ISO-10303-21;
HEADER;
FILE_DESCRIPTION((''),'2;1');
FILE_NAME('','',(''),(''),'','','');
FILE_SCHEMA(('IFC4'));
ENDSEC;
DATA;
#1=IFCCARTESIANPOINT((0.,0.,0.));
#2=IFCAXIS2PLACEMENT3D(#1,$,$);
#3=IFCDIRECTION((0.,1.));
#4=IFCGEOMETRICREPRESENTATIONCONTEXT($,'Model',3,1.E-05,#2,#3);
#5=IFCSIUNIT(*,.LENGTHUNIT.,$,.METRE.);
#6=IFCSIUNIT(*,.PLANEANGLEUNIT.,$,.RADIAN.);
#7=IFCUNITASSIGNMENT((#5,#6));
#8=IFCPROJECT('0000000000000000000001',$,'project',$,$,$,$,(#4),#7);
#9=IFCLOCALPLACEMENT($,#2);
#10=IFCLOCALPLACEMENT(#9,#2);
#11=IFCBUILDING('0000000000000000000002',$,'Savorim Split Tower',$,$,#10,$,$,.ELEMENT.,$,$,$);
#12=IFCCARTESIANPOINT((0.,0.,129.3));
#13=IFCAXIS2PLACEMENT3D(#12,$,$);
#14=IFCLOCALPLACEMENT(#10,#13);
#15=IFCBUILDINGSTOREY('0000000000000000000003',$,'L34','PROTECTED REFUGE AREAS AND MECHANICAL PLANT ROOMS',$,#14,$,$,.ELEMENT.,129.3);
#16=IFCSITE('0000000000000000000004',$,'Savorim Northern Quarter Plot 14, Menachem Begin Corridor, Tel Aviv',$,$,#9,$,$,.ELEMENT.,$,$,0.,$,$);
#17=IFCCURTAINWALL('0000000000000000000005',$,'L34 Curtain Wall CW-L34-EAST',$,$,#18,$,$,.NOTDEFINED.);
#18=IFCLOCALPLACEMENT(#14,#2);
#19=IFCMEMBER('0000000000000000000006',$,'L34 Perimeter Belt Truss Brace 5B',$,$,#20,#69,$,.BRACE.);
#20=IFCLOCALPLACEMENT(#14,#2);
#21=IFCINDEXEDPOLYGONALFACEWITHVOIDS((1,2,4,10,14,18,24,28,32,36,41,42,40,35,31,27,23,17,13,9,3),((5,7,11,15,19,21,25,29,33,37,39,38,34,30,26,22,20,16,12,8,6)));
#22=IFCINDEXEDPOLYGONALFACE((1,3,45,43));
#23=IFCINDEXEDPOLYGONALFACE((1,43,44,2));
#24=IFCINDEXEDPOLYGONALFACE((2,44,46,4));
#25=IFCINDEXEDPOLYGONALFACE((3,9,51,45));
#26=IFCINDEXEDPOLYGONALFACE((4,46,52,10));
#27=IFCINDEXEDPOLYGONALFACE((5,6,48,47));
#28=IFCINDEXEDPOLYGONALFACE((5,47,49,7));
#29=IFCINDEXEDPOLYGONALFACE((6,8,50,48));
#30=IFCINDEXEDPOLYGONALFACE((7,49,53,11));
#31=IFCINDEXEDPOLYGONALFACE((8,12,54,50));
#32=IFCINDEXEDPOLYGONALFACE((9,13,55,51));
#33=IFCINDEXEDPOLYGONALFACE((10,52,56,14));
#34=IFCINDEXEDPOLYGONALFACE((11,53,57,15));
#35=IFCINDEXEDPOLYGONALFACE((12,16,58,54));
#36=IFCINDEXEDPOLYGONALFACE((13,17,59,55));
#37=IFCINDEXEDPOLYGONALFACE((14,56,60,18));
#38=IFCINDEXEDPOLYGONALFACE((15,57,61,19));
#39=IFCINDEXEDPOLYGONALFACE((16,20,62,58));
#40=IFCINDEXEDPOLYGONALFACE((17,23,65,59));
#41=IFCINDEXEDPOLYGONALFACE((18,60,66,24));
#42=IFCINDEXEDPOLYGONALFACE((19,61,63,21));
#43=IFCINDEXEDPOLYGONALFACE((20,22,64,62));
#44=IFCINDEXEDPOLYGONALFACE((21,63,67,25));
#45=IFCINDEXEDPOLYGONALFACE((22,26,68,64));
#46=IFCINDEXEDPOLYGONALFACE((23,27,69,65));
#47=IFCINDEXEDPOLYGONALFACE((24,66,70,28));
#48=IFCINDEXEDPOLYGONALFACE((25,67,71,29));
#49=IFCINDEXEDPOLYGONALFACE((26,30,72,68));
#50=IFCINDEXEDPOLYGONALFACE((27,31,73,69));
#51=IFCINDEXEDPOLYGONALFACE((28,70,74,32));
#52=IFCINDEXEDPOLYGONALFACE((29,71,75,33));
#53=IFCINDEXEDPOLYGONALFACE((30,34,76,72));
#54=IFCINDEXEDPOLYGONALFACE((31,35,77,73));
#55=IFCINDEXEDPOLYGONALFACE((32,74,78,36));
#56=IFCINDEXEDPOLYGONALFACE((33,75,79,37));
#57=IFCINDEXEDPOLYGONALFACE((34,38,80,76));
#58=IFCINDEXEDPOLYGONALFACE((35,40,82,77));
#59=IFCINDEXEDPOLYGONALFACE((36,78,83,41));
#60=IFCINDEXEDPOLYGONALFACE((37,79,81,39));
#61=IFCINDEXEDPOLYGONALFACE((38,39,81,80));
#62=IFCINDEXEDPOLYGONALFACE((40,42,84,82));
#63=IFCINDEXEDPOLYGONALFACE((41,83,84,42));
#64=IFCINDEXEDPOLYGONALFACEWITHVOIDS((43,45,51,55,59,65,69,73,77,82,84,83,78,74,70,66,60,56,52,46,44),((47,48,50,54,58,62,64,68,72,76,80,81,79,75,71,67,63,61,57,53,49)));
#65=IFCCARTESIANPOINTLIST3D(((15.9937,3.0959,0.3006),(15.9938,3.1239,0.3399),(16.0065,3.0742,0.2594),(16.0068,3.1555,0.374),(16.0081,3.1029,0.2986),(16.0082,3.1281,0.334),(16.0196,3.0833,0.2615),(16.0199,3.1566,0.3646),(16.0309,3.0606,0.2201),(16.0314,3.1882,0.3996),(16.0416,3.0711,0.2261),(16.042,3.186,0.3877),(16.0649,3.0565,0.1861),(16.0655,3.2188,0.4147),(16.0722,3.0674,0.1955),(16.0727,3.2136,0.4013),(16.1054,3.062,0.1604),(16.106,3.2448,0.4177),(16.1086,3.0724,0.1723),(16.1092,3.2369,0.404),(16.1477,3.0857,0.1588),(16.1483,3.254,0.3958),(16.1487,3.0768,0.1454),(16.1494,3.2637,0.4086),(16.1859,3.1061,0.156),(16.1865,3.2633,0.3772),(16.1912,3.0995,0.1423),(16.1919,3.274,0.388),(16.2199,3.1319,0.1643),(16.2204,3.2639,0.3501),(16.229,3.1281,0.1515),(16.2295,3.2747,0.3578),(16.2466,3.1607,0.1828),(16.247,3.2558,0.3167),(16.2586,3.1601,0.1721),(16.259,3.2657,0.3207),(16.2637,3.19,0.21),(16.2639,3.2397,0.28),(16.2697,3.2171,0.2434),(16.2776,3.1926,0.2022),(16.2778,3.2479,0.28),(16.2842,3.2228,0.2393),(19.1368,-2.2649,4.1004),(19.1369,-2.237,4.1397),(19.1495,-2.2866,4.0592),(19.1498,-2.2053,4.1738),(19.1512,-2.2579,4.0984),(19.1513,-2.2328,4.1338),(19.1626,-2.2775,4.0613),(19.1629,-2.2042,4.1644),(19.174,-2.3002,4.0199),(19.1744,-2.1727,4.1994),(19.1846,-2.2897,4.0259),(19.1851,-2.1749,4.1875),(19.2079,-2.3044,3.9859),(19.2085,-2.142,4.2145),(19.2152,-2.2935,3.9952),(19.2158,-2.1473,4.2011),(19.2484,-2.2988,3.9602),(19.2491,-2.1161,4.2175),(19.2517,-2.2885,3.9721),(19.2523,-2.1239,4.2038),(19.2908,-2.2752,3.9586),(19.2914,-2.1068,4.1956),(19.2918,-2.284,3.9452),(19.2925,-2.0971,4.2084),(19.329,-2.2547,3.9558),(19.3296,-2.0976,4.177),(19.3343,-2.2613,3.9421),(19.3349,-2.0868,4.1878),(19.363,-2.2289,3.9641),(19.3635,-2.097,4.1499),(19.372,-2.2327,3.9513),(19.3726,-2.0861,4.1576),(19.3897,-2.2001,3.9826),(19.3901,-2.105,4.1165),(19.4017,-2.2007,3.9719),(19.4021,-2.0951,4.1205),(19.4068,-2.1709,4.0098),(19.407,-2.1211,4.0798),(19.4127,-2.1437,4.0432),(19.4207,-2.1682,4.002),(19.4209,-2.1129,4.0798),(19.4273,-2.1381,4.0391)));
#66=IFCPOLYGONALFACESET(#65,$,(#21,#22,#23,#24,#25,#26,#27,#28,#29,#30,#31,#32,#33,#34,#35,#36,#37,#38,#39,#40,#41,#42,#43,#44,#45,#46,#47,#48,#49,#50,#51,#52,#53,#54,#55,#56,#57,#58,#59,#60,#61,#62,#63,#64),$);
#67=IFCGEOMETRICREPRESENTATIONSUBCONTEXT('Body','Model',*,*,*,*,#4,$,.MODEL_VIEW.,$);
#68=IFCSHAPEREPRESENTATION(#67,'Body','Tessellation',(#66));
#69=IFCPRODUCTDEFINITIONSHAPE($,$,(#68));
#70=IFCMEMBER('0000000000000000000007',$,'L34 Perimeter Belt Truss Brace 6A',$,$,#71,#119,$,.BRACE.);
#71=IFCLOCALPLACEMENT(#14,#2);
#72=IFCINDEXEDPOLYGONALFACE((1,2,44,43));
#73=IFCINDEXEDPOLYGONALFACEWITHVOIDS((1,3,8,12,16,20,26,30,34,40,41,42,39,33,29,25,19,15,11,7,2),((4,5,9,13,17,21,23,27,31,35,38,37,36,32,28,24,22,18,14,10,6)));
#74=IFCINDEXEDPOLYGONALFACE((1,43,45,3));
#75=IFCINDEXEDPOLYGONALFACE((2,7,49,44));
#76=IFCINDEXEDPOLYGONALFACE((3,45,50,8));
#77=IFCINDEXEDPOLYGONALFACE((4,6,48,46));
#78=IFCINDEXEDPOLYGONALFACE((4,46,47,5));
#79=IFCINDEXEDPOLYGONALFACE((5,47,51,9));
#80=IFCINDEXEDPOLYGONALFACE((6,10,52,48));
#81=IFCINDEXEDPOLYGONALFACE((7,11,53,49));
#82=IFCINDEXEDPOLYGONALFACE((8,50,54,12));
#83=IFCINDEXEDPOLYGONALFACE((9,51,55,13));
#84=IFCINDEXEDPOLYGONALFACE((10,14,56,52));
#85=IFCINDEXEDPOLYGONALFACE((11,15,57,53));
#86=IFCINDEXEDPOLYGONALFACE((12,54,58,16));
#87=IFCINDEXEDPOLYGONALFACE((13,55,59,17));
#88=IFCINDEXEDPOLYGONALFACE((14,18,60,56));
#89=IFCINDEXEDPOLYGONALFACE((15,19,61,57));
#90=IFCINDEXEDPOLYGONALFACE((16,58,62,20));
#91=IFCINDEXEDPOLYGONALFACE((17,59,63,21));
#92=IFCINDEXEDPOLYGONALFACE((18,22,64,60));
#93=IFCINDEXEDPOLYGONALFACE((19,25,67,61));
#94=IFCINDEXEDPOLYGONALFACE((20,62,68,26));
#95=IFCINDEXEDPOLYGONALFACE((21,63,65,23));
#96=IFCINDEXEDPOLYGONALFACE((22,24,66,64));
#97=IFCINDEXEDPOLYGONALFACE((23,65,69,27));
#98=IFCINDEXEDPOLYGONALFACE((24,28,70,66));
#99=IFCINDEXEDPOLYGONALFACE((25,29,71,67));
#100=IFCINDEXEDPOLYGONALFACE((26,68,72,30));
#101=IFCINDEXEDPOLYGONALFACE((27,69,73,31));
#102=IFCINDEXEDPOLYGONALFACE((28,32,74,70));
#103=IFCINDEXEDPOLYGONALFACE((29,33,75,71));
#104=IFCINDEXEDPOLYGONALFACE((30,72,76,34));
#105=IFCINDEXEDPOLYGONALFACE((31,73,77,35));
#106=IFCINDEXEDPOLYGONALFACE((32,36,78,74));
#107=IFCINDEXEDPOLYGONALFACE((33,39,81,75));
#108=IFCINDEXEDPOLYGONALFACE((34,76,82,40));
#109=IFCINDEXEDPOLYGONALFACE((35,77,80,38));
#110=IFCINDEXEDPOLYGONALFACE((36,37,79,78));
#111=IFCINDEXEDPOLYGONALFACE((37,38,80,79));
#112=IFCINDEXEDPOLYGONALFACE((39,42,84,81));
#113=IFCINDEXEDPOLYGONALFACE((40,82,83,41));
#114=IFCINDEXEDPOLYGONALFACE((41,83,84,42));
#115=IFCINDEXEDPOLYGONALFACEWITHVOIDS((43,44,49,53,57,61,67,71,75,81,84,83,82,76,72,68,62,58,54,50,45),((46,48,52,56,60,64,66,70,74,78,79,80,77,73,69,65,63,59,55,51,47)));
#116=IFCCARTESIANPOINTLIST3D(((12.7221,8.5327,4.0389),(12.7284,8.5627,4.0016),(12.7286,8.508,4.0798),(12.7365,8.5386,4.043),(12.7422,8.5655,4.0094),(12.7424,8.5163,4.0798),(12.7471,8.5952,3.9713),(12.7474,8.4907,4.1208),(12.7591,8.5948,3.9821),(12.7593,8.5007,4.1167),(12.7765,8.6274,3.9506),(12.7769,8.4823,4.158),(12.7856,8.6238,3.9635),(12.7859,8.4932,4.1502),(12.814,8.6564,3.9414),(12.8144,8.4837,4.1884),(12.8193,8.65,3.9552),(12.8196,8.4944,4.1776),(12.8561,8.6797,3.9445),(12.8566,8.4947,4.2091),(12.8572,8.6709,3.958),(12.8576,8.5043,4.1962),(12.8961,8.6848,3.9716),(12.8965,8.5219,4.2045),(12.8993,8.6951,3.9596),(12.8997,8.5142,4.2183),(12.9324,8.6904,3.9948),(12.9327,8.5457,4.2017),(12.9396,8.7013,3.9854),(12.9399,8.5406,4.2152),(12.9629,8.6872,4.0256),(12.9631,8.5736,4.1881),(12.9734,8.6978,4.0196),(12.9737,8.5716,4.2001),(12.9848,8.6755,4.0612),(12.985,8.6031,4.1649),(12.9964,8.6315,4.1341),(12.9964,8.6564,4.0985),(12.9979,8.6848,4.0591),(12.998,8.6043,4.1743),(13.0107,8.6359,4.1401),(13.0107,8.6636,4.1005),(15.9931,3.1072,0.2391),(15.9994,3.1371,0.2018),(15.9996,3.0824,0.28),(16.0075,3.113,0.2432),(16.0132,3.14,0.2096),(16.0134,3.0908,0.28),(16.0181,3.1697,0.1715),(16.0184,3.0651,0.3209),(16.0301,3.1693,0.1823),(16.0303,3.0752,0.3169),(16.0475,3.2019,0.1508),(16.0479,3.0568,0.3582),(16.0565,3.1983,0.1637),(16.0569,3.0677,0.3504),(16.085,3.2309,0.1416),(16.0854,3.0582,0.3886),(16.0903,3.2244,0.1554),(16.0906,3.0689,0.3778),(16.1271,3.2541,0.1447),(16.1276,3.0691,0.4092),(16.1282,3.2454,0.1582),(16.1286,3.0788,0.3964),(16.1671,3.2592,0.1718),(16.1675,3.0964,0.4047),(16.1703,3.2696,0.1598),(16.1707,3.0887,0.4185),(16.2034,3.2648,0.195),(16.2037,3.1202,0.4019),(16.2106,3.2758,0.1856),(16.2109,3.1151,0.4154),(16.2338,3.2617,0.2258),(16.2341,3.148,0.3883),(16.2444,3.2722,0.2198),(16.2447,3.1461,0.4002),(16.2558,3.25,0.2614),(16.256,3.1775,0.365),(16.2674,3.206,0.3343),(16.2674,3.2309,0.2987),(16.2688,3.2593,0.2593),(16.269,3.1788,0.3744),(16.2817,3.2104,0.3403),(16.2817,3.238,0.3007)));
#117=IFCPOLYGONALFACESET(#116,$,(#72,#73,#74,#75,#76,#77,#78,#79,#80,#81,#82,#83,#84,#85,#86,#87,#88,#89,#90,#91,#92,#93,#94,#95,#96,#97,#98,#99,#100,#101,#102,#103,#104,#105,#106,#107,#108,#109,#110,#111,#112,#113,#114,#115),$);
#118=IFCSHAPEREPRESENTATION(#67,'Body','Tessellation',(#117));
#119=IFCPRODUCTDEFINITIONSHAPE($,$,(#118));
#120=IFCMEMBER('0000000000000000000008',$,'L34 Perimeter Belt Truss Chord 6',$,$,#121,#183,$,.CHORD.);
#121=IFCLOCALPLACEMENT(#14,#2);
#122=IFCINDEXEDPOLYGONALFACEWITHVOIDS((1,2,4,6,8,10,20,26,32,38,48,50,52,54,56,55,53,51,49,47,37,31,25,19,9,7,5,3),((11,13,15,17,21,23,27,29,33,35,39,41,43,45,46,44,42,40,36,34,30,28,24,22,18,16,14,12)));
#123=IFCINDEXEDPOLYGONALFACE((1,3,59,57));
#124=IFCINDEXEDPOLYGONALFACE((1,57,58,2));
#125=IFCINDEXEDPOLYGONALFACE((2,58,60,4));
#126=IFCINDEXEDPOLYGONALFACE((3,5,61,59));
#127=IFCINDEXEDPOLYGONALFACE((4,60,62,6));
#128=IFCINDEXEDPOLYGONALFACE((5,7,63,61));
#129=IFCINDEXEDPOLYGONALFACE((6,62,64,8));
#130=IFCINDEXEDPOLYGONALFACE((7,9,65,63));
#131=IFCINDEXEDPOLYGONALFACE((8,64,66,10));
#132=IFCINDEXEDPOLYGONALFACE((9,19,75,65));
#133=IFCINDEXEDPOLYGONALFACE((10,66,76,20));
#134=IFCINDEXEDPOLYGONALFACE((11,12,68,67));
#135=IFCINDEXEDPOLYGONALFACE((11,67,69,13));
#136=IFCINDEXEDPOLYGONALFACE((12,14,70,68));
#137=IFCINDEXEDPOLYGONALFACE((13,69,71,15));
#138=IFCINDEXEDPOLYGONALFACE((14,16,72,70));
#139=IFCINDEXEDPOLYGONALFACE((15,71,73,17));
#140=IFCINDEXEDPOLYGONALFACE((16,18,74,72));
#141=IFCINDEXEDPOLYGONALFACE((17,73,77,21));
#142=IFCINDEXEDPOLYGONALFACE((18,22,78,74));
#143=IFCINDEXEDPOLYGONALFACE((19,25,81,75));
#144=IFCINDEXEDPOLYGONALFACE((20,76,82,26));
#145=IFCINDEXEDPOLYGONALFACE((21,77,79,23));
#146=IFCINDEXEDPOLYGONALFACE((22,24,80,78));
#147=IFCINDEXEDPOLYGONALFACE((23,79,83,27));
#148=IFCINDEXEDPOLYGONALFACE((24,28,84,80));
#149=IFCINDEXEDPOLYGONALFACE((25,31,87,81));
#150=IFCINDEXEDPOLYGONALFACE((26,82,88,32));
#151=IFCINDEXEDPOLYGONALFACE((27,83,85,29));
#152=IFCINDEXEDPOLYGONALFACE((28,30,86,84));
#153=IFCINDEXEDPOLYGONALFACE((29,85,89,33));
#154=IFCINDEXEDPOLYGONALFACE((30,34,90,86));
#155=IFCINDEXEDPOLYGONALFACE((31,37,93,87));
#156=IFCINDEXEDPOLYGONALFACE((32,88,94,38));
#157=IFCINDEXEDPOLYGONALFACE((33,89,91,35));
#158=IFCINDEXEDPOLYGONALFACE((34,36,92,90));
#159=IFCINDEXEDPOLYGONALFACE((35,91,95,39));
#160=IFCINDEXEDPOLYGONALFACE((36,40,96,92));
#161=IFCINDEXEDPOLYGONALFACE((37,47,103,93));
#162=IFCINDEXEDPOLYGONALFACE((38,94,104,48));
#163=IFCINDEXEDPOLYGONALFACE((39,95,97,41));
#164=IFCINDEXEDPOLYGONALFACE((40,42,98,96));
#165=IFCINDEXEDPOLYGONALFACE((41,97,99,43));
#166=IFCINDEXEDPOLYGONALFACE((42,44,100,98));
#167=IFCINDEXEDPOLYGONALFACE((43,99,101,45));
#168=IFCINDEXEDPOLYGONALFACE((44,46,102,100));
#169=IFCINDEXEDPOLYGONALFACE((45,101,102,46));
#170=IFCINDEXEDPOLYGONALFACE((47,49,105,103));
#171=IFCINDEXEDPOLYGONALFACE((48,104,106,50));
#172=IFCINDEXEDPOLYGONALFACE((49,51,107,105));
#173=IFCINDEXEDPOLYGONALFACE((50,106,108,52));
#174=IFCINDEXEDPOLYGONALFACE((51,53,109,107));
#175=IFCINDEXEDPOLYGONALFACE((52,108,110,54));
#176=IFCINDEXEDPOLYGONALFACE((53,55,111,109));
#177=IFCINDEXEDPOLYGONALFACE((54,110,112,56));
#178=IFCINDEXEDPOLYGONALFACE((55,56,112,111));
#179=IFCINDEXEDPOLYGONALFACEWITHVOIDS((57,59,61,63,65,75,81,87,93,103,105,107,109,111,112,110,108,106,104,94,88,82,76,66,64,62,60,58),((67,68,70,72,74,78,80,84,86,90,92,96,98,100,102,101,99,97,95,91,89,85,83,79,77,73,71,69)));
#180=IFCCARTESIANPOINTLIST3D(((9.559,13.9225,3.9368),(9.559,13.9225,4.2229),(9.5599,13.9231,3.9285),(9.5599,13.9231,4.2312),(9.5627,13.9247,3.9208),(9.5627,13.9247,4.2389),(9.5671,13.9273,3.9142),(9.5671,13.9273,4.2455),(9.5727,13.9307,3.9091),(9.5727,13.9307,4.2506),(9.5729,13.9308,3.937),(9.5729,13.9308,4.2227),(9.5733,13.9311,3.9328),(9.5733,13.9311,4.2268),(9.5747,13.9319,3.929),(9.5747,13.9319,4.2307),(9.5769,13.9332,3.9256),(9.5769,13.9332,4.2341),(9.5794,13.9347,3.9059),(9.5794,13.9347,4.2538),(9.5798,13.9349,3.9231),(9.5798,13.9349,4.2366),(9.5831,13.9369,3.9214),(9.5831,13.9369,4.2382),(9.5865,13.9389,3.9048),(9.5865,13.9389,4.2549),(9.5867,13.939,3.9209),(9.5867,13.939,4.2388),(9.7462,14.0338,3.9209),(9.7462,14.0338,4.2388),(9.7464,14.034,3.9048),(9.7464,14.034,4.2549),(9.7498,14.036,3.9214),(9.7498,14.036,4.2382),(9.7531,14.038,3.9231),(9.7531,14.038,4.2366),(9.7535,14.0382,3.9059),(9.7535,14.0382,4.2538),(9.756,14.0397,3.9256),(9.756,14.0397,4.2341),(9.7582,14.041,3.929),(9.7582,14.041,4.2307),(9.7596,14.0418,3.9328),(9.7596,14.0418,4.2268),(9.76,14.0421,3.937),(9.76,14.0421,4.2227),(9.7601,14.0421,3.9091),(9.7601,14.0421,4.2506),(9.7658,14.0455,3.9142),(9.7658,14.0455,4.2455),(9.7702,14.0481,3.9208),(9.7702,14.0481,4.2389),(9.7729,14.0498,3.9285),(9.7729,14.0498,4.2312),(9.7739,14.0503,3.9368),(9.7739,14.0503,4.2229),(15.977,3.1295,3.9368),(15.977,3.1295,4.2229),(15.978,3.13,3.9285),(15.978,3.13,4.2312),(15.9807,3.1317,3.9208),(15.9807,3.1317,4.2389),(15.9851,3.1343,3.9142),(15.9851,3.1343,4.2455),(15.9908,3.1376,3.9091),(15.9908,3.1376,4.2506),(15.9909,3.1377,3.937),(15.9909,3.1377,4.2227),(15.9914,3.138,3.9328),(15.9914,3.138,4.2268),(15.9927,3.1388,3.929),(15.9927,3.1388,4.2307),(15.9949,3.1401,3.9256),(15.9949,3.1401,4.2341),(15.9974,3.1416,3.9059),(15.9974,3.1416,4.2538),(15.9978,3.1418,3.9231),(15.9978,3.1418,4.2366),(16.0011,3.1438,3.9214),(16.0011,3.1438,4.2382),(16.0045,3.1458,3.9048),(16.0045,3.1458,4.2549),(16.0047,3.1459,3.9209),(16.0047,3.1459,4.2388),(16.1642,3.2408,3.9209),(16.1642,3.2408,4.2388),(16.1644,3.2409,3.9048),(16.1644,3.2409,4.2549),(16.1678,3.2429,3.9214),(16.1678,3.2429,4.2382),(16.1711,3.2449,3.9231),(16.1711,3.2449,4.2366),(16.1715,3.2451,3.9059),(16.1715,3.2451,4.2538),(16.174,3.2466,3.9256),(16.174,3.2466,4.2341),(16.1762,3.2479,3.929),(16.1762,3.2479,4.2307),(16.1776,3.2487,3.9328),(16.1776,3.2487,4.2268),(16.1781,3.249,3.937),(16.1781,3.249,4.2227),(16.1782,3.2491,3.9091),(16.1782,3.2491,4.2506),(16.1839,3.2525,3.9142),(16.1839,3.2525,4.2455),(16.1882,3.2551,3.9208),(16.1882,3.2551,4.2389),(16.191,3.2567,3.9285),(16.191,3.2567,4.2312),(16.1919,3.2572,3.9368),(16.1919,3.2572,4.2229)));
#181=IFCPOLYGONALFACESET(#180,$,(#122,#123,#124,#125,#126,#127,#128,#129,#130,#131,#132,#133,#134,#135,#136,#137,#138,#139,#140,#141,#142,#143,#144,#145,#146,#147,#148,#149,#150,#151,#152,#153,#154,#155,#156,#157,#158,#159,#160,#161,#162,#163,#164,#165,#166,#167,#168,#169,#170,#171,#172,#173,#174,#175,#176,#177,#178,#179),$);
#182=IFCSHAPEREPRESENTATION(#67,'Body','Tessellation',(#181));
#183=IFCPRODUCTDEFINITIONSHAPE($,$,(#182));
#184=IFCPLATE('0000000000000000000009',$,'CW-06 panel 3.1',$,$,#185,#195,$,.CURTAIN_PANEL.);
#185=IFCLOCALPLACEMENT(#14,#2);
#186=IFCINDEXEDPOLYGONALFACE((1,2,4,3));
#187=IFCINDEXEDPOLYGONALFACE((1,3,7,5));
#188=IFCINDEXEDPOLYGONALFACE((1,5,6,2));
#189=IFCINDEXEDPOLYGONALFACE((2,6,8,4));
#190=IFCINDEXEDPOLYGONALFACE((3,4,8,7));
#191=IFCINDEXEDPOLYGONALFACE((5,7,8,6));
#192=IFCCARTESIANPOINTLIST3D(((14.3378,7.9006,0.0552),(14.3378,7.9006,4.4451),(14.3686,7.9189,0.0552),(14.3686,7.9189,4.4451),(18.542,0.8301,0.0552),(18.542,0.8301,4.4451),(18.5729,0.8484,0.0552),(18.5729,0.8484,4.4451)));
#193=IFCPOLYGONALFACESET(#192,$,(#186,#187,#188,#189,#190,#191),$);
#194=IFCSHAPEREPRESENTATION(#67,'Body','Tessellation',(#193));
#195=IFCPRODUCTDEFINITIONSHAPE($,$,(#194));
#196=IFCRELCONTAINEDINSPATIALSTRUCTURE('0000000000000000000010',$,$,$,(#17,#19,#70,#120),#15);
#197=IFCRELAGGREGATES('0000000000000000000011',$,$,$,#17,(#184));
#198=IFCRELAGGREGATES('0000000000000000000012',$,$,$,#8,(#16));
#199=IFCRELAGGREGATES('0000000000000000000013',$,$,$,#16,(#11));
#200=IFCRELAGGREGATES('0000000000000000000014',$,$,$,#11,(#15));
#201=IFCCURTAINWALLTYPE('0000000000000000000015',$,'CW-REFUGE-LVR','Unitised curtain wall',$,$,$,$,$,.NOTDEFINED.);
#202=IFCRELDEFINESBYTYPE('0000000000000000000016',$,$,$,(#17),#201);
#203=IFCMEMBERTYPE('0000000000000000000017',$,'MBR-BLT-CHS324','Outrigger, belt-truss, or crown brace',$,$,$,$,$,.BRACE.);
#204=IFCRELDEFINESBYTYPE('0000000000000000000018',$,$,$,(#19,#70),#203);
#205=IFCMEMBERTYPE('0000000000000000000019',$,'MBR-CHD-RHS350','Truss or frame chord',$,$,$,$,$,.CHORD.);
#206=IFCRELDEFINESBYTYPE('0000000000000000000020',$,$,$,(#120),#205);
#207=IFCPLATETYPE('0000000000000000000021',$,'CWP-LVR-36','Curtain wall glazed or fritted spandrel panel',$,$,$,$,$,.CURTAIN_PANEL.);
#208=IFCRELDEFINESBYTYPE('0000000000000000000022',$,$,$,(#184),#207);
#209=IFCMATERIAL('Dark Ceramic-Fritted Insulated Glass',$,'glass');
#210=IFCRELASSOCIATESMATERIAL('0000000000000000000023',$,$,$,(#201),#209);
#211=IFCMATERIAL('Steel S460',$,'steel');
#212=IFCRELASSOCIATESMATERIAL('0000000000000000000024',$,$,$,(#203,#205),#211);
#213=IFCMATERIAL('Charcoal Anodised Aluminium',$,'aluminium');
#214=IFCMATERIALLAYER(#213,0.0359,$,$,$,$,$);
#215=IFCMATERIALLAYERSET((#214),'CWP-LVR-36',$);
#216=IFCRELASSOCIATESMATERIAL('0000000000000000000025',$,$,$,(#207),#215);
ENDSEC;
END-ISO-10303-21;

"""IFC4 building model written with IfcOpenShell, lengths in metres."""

from ifc_helpers import new_model, si_unit, direction, frame, origin, origin_2d, place, context, subcontext, project, spatial, rectangle, hollow_rectangle, hollow_circle, extrude, material, layer, layer_set, material_profile, profile_set, type_object, element, aggregate, save


model = new_model("IFC4")

# Units and contexts
model_context = context("Model", 3, precision=1e-05, world=origin(), true_north=direction((0.0, 1.0)))
body_context = subcontext(model_context, "Body", "Model", "MODEL_VIEW")
ifc_project = project(units=[si_unit("LENGTHUNIT", "METRE"), si_unit("PLANEANGLEUNIT", "RADIAN")], contexts=[model_context])

# Site, building, storey
site_placement = place(None, origin())
site = spatial("IfcSite", under=ifc_project, at=site_placement, Name="Savorim Northern Quarter Plot 14, Menachem Begin Corridor, Tel Aviv", CompositionType="ELEMENT", RefElevation=0.0)
building_placement = place(site_placement, origin())
building = spatial("IfcBuilding", under=site, at=building_placement, Name="Savorim Split Tower", CompositionType="ELEMENT")
storey_placement = place(building_placement, frame((0.0, 0.0, 129.3)))
storey = spatial("IfcBuildingStorey", under=building, at=storey_placement, Name="L34", Description="PROTECTED REFUGE AREAS AND MECHANICAL PLANT ROOMS", CompositionType="ELEMENT", Elevation=129.3)

# Shared definitions
ifc_material_1 = material(Name="Steel S460", Category="steel")

# Curtain wall
ifc_material_2 = material(Name="Dark Ceramic-Fritted Insulated Glass", Category="glass")
curtain_wall_type = type_object("IfcCurtainWallType", Name="CW-REFUGE-LVR", Description="Unitised curtain wall", PredefinedType="NOTDEFINED", material=ifc_material_2)
curtain_wall_placement = place(storey_placement, origin())
curtain_wall = element("IfcCurtainWall", 1, at=curtain_wall_placement, inside=storey, type_object=curtain_wall_type, Name="L34 Curtain Wall CW-L34-EAST", PredefinedType="NOTDEFINED")
ifc_material_3 = material(Name="Charcoal Anodised Aluminium", Category="aluminium")

# Members
ifc_material_profile_1 = material_profile(ifc_material_1, hollow_circle(Radius=0.1619, WallThickness=0.0161, at=origin_2d()), Name="CHS 323.9x16")
ifc_profile_set_1 = profile_set([ifc_material_profile_1], Name="Steel S460")
member_type_1 = type_object("IfcMemberType", Name="MBR-BLT-CHS324", Description="Outrigger, belt-truss, or crown brace", PredefinedType="BRACE", material=ifc_profile_set_1)
member_1_placement = place(storey_placement, frame((16.1382, 3.166, 0.28), z_axis=(0.431506, -0.735979, 0.521668), x_axis=(0.862663, 0.50578, 0.0)))
element("IfcMember", 2, at=member_1_placement, inside=storey, type_object=member_type_1, Name="L34 Perimeter Belt Truss Brace 5B", PredefinedType="BRACE", context=body_context, shape_type="SweptSolid", body=[
    extrude(hollow_circle(Radius=0.1619, WallThickness=0.0161, at=origin_2d()), origin(), (0.0, 0.0, 1.0), 7.2839),
])
member_2_placement = place(storey_placement, frame((16.1382, 3.166, 0.28), z_axis=(-0.442778, 0.734426, 0.51436), x_axis=(-0.8564, -0.516314, 0.0)))
element("IfcMember", 3, at=member_2_placement, inside=storey, type_object=member_type_1, Name="L34 Perimeter Belt Truss Brace 6A", PredefinedType="BRACE", context=body_context, shape_type="SweptSolid", body=[
    extrude(hollow_circle(Radius=0.1619, WallThickness=0.0161, at=origin_2d()), origin(), (0.0, 0.0, 1.0), 7.3875),
])
ifc_material_profile_2 = material_profile(ifc_material_1, hollow_rectangle(XDim=0.25, YDim=0.3501, WallThickness=0.0161, InnerFilletRadius=0.0161, OuterFilletRadius=0.032, at=origin_2d()), Name="RHS 350x250x16")
ifc_profile_set_2 = profile_set([ifc_material_profile_2], Name="Steel S460")
member_type_2 = type_object("IfcMemberType", Name="MBR-CHD-RHS350", Description="Truss or frame chord", PredefinedType="CHORD", material=ifc_profile_set_2)
member_3_placement = place(storey_placement, frame((16.0845, 3.1934, 4.0798), z_axis=(-0.511106, 0.859517, 0.0), x_axis=(-0.859517, -0.511106, 0.0)))
element("IfcMember", 4, at=member_3_placement, inside=storey, type_object=member_type_2, Name="L34 Perimeter Belt Truss Chord 6", PredefinedType="CHORD", context=body_context, shape_type="SweptSolid", body=[
    extrude(hollow_rectangle(XDim=0.25, YDim=0.3501, WallThickness=0.0161, InnerFilletRadius=0.0161, OuterFilletRadius=0.032, at=origin_2d()), origin(), (0.0, 0.0, 1.0), 12.5571),
])

# Plate
ifc_layer_1 = layer(ifc_material_3, 0.0359)
ifc_layer_set_1 = layer_set([ifc_layer_1], Name="CWP-LVR-36")
plate_type_1 = type_object("IfcPlateType", Name="CWP-LVR-36", Description="Curtain wall glazed or fritted spandrel panel", PredefinedType="CURTAIN_PANEL", material=ifc_layer_set_1)
plate_1_placement = place(storey_placement, frame((16.4553, 4.3745, 0.0552), z_axis=(0.0, 0.0, 1.0), x_axis=(-0.511091, 0.859527, 0.0)))
plate_1 = element("IfcPlate", 5, at=plate_1_placement, type_object=plate_type_1, Name="CW-06 panel 3.1", PredefinedType="CURTAIN_PANEL", context=body_context, shape_type="SweptSolid", body=[
    extrude(rectangle(XDim=8.2261, YDim=0.0359, at=origin_2d()), origin(), (0.0, 0.0, 1.0), 4.3899),
])
aggregate(curtain_wall, [plate_1])

save(model, "model.ifc")
